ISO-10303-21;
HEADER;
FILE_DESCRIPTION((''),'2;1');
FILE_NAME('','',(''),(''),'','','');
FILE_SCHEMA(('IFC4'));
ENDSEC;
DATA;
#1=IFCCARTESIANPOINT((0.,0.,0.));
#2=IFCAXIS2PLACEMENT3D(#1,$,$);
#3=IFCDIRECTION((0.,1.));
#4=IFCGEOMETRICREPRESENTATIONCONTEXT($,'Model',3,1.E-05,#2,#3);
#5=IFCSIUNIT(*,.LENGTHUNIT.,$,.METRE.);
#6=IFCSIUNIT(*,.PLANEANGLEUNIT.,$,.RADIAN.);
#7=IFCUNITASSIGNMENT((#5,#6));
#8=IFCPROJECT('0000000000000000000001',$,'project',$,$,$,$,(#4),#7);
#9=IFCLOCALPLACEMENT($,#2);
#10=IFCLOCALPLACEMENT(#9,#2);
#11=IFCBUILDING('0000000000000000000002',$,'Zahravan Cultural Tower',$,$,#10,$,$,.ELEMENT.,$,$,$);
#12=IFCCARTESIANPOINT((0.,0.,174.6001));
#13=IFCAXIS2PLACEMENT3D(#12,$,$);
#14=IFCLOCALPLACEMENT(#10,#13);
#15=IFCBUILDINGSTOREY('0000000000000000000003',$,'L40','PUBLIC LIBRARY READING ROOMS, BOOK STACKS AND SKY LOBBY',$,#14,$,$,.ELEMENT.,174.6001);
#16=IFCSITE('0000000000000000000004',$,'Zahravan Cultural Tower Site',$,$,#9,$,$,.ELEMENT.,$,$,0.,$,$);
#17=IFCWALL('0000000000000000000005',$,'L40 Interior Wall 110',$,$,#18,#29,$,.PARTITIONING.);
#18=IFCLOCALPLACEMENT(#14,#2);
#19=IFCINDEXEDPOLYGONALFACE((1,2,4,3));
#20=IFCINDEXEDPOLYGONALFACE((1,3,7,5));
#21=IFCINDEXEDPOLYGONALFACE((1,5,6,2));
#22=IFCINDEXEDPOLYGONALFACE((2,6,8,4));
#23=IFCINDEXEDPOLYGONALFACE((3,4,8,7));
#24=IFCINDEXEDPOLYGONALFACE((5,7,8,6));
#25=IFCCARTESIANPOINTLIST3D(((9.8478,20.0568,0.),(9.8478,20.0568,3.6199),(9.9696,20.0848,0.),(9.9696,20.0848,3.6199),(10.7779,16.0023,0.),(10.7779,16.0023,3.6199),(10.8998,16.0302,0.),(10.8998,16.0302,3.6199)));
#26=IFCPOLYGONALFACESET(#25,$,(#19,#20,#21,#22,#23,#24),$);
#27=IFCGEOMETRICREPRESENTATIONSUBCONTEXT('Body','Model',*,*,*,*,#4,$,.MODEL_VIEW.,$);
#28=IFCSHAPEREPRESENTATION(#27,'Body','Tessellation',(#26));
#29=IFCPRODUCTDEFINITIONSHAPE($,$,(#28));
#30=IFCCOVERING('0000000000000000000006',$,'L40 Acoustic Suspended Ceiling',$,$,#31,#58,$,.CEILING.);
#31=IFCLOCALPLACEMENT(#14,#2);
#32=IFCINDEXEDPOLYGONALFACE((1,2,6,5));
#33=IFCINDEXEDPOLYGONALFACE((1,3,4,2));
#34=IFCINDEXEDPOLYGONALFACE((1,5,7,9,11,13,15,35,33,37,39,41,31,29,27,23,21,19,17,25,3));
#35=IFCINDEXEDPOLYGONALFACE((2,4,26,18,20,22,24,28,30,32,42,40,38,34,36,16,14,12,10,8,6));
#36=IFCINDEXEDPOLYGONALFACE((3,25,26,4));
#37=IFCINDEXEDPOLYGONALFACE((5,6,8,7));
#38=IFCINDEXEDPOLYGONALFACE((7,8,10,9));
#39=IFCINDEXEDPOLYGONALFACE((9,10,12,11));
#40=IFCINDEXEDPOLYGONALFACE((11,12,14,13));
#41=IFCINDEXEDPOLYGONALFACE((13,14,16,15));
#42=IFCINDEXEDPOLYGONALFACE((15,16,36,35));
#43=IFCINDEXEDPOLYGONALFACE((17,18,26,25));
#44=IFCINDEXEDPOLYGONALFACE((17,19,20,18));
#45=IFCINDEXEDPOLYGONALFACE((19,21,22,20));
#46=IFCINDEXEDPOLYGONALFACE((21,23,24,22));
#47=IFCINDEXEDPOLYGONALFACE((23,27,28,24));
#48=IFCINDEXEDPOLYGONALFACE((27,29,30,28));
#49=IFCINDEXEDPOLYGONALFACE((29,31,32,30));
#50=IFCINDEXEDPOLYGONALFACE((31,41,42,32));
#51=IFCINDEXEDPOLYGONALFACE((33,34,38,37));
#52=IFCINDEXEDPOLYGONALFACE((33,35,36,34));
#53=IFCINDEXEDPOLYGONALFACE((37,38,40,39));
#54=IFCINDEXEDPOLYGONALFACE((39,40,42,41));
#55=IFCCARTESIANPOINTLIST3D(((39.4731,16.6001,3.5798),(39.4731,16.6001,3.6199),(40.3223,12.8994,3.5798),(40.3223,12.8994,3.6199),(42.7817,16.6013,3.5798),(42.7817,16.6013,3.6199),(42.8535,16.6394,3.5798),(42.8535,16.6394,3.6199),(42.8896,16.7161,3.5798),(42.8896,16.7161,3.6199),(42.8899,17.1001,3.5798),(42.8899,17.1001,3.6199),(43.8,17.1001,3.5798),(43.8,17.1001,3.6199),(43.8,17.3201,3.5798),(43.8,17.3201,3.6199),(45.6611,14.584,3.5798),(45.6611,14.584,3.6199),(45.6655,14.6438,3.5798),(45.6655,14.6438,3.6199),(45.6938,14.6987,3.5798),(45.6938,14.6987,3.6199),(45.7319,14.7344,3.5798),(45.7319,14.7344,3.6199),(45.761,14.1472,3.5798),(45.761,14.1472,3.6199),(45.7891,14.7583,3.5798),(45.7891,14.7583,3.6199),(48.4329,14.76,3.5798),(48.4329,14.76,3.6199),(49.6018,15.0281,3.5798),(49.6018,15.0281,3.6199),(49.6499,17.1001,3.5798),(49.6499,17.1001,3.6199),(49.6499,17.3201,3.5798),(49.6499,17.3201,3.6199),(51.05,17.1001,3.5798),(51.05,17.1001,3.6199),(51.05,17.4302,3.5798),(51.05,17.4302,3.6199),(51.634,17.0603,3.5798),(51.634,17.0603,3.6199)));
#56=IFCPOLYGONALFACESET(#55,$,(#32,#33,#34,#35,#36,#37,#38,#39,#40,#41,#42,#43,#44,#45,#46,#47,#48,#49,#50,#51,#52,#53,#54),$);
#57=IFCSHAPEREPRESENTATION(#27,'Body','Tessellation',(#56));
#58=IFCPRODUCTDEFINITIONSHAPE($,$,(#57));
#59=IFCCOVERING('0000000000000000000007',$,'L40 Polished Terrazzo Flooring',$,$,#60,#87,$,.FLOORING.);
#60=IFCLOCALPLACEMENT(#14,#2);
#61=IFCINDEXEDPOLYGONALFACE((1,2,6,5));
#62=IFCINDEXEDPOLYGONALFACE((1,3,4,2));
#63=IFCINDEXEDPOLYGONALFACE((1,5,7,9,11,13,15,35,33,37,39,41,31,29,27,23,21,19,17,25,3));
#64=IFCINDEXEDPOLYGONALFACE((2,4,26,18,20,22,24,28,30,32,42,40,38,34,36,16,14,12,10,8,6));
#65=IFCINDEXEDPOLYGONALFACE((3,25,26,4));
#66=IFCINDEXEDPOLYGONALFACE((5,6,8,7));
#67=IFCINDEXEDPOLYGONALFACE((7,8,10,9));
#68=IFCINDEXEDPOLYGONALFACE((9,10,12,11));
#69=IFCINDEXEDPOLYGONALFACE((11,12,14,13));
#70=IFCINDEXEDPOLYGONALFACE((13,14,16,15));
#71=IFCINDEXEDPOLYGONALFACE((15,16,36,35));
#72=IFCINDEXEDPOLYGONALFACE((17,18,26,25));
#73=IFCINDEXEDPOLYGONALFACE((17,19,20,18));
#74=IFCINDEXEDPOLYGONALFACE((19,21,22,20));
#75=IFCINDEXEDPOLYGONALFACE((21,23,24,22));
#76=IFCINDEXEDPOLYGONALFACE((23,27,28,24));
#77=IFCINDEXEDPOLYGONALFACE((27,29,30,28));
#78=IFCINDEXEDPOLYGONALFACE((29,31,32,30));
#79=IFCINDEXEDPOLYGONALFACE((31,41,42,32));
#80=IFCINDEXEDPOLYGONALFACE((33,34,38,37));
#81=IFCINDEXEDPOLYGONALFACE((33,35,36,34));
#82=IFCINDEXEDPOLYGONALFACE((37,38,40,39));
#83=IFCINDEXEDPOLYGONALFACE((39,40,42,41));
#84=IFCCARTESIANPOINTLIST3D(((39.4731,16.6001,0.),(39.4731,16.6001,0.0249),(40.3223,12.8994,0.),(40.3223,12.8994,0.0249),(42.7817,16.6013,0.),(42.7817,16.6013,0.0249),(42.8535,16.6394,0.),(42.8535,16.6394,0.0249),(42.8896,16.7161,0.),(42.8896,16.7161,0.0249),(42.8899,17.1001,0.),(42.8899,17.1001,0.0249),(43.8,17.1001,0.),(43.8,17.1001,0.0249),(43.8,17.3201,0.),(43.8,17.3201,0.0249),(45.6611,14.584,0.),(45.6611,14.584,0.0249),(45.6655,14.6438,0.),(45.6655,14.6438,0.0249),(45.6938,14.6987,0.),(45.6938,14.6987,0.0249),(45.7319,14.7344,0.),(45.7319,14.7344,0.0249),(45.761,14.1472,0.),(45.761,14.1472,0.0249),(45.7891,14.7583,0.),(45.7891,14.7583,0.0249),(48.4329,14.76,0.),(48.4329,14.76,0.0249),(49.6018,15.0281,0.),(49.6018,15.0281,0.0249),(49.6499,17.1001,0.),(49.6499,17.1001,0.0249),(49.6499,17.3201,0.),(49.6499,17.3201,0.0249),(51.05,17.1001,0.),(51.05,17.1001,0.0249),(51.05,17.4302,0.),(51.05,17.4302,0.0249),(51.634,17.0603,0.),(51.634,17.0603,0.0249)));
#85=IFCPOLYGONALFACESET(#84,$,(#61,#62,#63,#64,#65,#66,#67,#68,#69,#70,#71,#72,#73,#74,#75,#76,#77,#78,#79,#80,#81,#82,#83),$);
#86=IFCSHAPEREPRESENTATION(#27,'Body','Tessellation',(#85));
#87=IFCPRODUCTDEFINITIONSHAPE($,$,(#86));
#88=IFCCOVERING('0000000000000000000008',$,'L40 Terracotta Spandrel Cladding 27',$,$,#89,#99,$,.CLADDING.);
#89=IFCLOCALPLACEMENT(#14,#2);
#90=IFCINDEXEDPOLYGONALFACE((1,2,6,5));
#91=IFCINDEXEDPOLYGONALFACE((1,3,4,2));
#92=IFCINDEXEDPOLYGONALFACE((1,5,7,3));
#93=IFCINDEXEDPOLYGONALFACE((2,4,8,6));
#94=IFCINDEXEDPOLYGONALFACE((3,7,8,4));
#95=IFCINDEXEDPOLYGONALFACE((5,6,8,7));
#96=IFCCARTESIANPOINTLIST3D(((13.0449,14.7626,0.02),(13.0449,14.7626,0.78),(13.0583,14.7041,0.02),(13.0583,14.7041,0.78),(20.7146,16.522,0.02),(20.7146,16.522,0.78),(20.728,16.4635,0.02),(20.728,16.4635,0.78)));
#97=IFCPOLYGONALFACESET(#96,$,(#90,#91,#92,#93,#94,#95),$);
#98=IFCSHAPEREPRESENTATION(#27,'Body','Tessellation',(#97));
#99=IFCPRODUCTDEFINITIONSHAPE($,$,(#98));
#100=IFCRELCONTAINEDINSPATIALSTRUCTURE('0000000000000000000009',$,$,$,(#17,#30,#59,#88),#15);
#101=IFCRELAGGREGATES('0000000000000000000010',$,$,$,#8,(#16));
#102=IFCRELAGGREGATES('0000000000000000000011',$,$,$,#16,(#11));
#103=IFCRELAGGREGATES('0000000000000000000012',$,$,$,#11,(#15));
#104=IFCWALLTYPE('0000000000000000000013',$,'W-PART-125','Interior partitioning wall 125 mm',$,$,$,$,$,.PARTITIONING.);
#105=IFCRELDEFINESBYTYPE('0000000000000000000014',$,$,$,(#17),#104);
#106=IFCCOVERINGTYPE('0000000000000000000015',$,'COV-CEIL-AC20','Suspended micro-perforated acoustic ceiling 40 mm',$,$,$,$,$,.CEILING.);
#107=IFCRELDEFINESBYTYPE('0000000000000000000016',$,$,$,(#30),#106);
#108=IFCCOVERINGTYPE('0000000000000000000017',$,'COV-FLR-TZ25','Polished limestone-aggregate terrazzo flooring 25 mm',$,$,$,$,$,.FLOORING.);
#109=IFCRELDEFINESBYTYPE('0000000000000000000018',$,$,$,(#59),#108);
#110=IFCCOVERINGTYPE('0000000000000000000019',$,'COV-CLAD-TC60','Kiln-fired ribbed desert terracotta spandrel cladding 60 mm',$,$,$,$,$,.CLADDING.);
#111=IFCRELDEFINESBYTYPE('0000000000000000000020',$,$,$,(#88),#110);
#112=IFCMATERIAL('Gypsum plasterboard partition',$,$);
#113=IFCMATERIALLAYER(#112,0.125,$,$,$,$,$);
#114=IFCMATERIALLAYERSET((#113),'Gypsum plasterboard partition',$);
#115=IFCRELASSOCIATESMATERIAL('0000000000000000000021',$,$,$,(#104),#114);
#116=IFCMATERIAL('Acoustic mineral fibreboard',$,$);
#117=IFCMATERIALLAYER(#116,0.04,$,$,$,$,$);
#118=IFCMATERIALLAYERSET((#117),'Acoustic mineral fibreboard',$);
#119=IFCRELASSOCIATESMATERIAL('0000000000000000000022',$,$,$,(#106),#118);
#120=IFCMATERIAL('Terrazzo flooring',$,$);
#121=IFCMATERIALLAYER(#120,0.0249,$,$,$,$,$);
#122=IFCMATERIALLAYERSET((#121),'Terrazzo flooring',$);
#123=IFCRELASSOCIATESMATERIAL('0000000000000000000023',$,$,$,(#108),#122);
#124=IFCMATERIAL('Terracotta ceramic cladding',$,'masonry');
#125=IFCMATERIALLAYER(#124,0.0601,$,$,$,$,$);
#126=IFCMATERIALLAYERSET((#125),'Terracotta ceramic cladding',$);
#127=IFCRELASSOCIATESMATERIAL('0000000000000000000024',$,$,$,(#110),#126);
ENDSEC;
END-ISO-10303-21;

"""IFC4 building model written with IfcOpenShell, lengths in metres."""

from ifc_helpers import new_model, si_unit, direction, frame, frame_2d, origin, origin_2d, place, context, subcontext, project, spatial, polyline, rectangle, outline, extrude, source, transform, mapped, material, layer, layer_set, type_object, element, save


model = new_model("IFC4")

# Units and contexts
model_context = context("Model", 3, precision=1e-05, world=origin(), true_north=direction((0.0, 1.0)))
body_context = subcontext(model_context, "Body", "Model", "MODEL_VIEW")
ifc_project = project(units=[si_unit("LENGTHUNIT", "METRE"), si_unit("PLANEANGLEUNIT", "RADIAN")], contexts=[model_context])

# Site, building, storey
site_placement = place(None, origin())
site = spatial("IfcSite", under=ifc_project, at=site_placement, Name="Zahravan Cultural Tower Site", CompositionType="ELEMENT", RefElevation=0.0)
building_placement = place(site_placement, origin())
building = spatial("IfcBuilding", under=site, at=building_placement, Name="Zahravan Cultural Tower", CompositionType="ELEMENT")
storey_placement = place(building_placement, frame((0.0, 0.0, 174.6001)))
storey = spatial("IfcBuildingStorey", under=building, at=storey_placement, Name="L40", Description="PUBLIC LIBRARY READING ROOMS, BOOK STACKS AND SKY LOBBY", CompositionType="ELEMENT", Elevation=174.6001)

# Wall
ifc_material_1 = material(Name="Gypsum plasterboard partition")
ifc_layer_1 = layer(ifc_material_1, 0.125)
ifc_layer_set_1 = layer_set([ifc_layer_1], Name="Gypsum plasterboard partition")
wall_type_1 = type_object("IfcWallType", Name="W-PART-125", Description="Interior partitioning wall 125 mm", PredefinedType="PARTITIONING", material=ifc_layer_set_1)
shared_shape_1 = source(origin(), body_context, "Body", "SweptSolid", [
    extrude(rectangle(XDim=4.1599, YDim=0.125, at=frame_2d((2.0801, 0.0))), origin(), (0.0, 0.0, 1.0), 3.6199),
])
wall_1_placement = place(storey_placement, frame((10.8389, 16.0161, 0.0), z_axis=(0.0, 0.0, 1.0), x_axis=(-0.223599, 0.974681, 0.0)))
element("IfcWall", 1, at=wall_1_placement, inside=storey, type_object=wall_type_1, Name="L40 Interior Wall 110", PredefinedType="PARTITIONING", context=body_context, shape_type="MappedRepresentation", body=[
    mapped(shared_shape_1, transform((0.0, 0.0, 0.0), x_axis=(1.0, 0.0, 0.0), y_axis=(0.0, 1.0, 0.0), z_axis=(0.0, 0.0, 1.0), scale=1.0)),
])

# Coverings
ifc_material_2 = material(Name="Acoustic mineral fibreboard")
ifc_layer_2 = layer(ifc_material_2, 0.04)
ifc_layer_set_2 = layer_set([ifc_layer_2], Name="Acoustic mineral fibreboard")
covering_type_1 = type_object("IfcCoveringType", Name="COV-CEIL-AC20", Description="Suspended micro-perforated acoustic ceiling 40 mm", PredefinedType="CEILING", material=ifc_layer_set_2)
covering_1_placement = place(storey_placement, frame((0.0, 0.0, 3.5798)))
element("IfcCovering", 2, at=covering_1_placement, inside=storey, type_object=covering_type_1, Name="L40 Acoustic Suspended Ceiling", PredefinedType="CEILING", context=body_context, shape_type="SweptSolid", body=[
    extrude(outline(polyline([(45.761, 14.1472), (45.6611, 14.584), (45.6655, 14.6438), (45.6938, 14.6987), (45.7319, 14.7344), (45.7891, 14.7583), (48.4329, 14.76), (49.6018, 15.0281), (51.634, 17.0603), (51.05, 17.4302), (51.05, 17.1001), (49.6499, 17.1001), (49.6499, 17.3201), (43.8, 17.3201), (43.8, 17.1001), (42.8899, 17.1001), (42.8896, 16.7161), (42.8535, 16.6394), (42.7817, 16.6013), (39.4731, 16.6001), (40.3223, 12.8994), (45.761, 14.1472)])), origin(), (0.0, 0.0, 1.0), 0.04),
])
ifc_material_3 = material(Name="Terrazzo flooring")
ifc_layer_3 = layer(ifc_material_3, 0.0249)
ifc_layer_set_3 = layer_set([ifc_layer_3], Name="Terrazzo flooring")
covering_type_2 = type_object("IfcCoveringType", Name="COV-FLR-TZ25", Description="Polished limestone-aggregate terrazzo flooring 25 mm", PredefinedType="FLOORING", material=ifc_layer_set_3)
covering_2_placement = place(storey_placement, origin())
element("IfcCovering", 3, at=covering_2_placement, inside=storey, type_object=covering_type_2, Name="L40 Polished Terrazzo Flooring", PredefinedType="FLOORING", context=body_context, shape_type="SweptSolid", body=[
    extrude(outline(polyline([(45.761, 14.1472), (45.6611, 14.584), (45.6655, 14.6438), (45.6938, 14.6987), (45.7319, 14.7344), (45.7891, 14.7583), (48.4329, 14.76), (49.6018, 15.0281), (51.634, 17.0603), (51.05, 17.4302), (51.05, 17.1001), (49.6499, 17.1001), (49.6499, 17.3201), (43.8, 17.3201), (43.8, 17.1001), (42.8899, 17.1001), (42.8896, 16.7161), (42.8535, 16.6394), (42.7817, 16.6013), (39.4731, 16.6001), (40.3223, 12.8994), (45.761, 14.1472)])), origin(), (0.0, 0.0, 1.0), 0.0249),
])
ifc_material_4 = material(Name="Terracotta ceramic cladding", Category="masonry")
ifc_layer_4 = layer(ifc_material_4, 0.0601)
ifc_layer_set_4 = layer_set([ifc_layer_4], Name="Terracotta ceramic cladding")
covering_type_3 = type_object("IfcCoveringType", Name="COV-CLAD-TC60", Description="Kiln-fired ribbed desert terracotta spandrel cladding 60 mm", PredefinedType="CLADDING", material=ifc_layer_set_4)
shared_shape_2 = source(origin(), body_context, "Body", "SweptSolid", [
    extrude(rectangle(XDim=7.8689, YDim=0.0601, at=origin_2d()), origin(), (0.0, 0.0, 1.0), 0.76),
])
covering_3_placement = place(storey_placement, frame((16.8865, 15.613, 0.02), z_axis=(0.0, 0.0, 1.0), x_axis=(-0.974683, -0.22359, 0.0)))
element("IfcCovering", 4, at=covering_3_placement, inside=storey, type_object=covering_type_3, Name="L40 Terracotta Spandrel Cladding 27", PredefinedType="CLADDING", context=body_context, shape_type="MappedRepresentation", body=[
    mapped(shared_shape_2, transform((0.0, 0.0, 0.0), x_axis=(1.0, 0.0, 0.0), y_axis=(0.0, 1.0, 0.0), z_axis=(0.0, 0.0, 1.0), scale=1.0)),
])

save(model, "model.ifc")
